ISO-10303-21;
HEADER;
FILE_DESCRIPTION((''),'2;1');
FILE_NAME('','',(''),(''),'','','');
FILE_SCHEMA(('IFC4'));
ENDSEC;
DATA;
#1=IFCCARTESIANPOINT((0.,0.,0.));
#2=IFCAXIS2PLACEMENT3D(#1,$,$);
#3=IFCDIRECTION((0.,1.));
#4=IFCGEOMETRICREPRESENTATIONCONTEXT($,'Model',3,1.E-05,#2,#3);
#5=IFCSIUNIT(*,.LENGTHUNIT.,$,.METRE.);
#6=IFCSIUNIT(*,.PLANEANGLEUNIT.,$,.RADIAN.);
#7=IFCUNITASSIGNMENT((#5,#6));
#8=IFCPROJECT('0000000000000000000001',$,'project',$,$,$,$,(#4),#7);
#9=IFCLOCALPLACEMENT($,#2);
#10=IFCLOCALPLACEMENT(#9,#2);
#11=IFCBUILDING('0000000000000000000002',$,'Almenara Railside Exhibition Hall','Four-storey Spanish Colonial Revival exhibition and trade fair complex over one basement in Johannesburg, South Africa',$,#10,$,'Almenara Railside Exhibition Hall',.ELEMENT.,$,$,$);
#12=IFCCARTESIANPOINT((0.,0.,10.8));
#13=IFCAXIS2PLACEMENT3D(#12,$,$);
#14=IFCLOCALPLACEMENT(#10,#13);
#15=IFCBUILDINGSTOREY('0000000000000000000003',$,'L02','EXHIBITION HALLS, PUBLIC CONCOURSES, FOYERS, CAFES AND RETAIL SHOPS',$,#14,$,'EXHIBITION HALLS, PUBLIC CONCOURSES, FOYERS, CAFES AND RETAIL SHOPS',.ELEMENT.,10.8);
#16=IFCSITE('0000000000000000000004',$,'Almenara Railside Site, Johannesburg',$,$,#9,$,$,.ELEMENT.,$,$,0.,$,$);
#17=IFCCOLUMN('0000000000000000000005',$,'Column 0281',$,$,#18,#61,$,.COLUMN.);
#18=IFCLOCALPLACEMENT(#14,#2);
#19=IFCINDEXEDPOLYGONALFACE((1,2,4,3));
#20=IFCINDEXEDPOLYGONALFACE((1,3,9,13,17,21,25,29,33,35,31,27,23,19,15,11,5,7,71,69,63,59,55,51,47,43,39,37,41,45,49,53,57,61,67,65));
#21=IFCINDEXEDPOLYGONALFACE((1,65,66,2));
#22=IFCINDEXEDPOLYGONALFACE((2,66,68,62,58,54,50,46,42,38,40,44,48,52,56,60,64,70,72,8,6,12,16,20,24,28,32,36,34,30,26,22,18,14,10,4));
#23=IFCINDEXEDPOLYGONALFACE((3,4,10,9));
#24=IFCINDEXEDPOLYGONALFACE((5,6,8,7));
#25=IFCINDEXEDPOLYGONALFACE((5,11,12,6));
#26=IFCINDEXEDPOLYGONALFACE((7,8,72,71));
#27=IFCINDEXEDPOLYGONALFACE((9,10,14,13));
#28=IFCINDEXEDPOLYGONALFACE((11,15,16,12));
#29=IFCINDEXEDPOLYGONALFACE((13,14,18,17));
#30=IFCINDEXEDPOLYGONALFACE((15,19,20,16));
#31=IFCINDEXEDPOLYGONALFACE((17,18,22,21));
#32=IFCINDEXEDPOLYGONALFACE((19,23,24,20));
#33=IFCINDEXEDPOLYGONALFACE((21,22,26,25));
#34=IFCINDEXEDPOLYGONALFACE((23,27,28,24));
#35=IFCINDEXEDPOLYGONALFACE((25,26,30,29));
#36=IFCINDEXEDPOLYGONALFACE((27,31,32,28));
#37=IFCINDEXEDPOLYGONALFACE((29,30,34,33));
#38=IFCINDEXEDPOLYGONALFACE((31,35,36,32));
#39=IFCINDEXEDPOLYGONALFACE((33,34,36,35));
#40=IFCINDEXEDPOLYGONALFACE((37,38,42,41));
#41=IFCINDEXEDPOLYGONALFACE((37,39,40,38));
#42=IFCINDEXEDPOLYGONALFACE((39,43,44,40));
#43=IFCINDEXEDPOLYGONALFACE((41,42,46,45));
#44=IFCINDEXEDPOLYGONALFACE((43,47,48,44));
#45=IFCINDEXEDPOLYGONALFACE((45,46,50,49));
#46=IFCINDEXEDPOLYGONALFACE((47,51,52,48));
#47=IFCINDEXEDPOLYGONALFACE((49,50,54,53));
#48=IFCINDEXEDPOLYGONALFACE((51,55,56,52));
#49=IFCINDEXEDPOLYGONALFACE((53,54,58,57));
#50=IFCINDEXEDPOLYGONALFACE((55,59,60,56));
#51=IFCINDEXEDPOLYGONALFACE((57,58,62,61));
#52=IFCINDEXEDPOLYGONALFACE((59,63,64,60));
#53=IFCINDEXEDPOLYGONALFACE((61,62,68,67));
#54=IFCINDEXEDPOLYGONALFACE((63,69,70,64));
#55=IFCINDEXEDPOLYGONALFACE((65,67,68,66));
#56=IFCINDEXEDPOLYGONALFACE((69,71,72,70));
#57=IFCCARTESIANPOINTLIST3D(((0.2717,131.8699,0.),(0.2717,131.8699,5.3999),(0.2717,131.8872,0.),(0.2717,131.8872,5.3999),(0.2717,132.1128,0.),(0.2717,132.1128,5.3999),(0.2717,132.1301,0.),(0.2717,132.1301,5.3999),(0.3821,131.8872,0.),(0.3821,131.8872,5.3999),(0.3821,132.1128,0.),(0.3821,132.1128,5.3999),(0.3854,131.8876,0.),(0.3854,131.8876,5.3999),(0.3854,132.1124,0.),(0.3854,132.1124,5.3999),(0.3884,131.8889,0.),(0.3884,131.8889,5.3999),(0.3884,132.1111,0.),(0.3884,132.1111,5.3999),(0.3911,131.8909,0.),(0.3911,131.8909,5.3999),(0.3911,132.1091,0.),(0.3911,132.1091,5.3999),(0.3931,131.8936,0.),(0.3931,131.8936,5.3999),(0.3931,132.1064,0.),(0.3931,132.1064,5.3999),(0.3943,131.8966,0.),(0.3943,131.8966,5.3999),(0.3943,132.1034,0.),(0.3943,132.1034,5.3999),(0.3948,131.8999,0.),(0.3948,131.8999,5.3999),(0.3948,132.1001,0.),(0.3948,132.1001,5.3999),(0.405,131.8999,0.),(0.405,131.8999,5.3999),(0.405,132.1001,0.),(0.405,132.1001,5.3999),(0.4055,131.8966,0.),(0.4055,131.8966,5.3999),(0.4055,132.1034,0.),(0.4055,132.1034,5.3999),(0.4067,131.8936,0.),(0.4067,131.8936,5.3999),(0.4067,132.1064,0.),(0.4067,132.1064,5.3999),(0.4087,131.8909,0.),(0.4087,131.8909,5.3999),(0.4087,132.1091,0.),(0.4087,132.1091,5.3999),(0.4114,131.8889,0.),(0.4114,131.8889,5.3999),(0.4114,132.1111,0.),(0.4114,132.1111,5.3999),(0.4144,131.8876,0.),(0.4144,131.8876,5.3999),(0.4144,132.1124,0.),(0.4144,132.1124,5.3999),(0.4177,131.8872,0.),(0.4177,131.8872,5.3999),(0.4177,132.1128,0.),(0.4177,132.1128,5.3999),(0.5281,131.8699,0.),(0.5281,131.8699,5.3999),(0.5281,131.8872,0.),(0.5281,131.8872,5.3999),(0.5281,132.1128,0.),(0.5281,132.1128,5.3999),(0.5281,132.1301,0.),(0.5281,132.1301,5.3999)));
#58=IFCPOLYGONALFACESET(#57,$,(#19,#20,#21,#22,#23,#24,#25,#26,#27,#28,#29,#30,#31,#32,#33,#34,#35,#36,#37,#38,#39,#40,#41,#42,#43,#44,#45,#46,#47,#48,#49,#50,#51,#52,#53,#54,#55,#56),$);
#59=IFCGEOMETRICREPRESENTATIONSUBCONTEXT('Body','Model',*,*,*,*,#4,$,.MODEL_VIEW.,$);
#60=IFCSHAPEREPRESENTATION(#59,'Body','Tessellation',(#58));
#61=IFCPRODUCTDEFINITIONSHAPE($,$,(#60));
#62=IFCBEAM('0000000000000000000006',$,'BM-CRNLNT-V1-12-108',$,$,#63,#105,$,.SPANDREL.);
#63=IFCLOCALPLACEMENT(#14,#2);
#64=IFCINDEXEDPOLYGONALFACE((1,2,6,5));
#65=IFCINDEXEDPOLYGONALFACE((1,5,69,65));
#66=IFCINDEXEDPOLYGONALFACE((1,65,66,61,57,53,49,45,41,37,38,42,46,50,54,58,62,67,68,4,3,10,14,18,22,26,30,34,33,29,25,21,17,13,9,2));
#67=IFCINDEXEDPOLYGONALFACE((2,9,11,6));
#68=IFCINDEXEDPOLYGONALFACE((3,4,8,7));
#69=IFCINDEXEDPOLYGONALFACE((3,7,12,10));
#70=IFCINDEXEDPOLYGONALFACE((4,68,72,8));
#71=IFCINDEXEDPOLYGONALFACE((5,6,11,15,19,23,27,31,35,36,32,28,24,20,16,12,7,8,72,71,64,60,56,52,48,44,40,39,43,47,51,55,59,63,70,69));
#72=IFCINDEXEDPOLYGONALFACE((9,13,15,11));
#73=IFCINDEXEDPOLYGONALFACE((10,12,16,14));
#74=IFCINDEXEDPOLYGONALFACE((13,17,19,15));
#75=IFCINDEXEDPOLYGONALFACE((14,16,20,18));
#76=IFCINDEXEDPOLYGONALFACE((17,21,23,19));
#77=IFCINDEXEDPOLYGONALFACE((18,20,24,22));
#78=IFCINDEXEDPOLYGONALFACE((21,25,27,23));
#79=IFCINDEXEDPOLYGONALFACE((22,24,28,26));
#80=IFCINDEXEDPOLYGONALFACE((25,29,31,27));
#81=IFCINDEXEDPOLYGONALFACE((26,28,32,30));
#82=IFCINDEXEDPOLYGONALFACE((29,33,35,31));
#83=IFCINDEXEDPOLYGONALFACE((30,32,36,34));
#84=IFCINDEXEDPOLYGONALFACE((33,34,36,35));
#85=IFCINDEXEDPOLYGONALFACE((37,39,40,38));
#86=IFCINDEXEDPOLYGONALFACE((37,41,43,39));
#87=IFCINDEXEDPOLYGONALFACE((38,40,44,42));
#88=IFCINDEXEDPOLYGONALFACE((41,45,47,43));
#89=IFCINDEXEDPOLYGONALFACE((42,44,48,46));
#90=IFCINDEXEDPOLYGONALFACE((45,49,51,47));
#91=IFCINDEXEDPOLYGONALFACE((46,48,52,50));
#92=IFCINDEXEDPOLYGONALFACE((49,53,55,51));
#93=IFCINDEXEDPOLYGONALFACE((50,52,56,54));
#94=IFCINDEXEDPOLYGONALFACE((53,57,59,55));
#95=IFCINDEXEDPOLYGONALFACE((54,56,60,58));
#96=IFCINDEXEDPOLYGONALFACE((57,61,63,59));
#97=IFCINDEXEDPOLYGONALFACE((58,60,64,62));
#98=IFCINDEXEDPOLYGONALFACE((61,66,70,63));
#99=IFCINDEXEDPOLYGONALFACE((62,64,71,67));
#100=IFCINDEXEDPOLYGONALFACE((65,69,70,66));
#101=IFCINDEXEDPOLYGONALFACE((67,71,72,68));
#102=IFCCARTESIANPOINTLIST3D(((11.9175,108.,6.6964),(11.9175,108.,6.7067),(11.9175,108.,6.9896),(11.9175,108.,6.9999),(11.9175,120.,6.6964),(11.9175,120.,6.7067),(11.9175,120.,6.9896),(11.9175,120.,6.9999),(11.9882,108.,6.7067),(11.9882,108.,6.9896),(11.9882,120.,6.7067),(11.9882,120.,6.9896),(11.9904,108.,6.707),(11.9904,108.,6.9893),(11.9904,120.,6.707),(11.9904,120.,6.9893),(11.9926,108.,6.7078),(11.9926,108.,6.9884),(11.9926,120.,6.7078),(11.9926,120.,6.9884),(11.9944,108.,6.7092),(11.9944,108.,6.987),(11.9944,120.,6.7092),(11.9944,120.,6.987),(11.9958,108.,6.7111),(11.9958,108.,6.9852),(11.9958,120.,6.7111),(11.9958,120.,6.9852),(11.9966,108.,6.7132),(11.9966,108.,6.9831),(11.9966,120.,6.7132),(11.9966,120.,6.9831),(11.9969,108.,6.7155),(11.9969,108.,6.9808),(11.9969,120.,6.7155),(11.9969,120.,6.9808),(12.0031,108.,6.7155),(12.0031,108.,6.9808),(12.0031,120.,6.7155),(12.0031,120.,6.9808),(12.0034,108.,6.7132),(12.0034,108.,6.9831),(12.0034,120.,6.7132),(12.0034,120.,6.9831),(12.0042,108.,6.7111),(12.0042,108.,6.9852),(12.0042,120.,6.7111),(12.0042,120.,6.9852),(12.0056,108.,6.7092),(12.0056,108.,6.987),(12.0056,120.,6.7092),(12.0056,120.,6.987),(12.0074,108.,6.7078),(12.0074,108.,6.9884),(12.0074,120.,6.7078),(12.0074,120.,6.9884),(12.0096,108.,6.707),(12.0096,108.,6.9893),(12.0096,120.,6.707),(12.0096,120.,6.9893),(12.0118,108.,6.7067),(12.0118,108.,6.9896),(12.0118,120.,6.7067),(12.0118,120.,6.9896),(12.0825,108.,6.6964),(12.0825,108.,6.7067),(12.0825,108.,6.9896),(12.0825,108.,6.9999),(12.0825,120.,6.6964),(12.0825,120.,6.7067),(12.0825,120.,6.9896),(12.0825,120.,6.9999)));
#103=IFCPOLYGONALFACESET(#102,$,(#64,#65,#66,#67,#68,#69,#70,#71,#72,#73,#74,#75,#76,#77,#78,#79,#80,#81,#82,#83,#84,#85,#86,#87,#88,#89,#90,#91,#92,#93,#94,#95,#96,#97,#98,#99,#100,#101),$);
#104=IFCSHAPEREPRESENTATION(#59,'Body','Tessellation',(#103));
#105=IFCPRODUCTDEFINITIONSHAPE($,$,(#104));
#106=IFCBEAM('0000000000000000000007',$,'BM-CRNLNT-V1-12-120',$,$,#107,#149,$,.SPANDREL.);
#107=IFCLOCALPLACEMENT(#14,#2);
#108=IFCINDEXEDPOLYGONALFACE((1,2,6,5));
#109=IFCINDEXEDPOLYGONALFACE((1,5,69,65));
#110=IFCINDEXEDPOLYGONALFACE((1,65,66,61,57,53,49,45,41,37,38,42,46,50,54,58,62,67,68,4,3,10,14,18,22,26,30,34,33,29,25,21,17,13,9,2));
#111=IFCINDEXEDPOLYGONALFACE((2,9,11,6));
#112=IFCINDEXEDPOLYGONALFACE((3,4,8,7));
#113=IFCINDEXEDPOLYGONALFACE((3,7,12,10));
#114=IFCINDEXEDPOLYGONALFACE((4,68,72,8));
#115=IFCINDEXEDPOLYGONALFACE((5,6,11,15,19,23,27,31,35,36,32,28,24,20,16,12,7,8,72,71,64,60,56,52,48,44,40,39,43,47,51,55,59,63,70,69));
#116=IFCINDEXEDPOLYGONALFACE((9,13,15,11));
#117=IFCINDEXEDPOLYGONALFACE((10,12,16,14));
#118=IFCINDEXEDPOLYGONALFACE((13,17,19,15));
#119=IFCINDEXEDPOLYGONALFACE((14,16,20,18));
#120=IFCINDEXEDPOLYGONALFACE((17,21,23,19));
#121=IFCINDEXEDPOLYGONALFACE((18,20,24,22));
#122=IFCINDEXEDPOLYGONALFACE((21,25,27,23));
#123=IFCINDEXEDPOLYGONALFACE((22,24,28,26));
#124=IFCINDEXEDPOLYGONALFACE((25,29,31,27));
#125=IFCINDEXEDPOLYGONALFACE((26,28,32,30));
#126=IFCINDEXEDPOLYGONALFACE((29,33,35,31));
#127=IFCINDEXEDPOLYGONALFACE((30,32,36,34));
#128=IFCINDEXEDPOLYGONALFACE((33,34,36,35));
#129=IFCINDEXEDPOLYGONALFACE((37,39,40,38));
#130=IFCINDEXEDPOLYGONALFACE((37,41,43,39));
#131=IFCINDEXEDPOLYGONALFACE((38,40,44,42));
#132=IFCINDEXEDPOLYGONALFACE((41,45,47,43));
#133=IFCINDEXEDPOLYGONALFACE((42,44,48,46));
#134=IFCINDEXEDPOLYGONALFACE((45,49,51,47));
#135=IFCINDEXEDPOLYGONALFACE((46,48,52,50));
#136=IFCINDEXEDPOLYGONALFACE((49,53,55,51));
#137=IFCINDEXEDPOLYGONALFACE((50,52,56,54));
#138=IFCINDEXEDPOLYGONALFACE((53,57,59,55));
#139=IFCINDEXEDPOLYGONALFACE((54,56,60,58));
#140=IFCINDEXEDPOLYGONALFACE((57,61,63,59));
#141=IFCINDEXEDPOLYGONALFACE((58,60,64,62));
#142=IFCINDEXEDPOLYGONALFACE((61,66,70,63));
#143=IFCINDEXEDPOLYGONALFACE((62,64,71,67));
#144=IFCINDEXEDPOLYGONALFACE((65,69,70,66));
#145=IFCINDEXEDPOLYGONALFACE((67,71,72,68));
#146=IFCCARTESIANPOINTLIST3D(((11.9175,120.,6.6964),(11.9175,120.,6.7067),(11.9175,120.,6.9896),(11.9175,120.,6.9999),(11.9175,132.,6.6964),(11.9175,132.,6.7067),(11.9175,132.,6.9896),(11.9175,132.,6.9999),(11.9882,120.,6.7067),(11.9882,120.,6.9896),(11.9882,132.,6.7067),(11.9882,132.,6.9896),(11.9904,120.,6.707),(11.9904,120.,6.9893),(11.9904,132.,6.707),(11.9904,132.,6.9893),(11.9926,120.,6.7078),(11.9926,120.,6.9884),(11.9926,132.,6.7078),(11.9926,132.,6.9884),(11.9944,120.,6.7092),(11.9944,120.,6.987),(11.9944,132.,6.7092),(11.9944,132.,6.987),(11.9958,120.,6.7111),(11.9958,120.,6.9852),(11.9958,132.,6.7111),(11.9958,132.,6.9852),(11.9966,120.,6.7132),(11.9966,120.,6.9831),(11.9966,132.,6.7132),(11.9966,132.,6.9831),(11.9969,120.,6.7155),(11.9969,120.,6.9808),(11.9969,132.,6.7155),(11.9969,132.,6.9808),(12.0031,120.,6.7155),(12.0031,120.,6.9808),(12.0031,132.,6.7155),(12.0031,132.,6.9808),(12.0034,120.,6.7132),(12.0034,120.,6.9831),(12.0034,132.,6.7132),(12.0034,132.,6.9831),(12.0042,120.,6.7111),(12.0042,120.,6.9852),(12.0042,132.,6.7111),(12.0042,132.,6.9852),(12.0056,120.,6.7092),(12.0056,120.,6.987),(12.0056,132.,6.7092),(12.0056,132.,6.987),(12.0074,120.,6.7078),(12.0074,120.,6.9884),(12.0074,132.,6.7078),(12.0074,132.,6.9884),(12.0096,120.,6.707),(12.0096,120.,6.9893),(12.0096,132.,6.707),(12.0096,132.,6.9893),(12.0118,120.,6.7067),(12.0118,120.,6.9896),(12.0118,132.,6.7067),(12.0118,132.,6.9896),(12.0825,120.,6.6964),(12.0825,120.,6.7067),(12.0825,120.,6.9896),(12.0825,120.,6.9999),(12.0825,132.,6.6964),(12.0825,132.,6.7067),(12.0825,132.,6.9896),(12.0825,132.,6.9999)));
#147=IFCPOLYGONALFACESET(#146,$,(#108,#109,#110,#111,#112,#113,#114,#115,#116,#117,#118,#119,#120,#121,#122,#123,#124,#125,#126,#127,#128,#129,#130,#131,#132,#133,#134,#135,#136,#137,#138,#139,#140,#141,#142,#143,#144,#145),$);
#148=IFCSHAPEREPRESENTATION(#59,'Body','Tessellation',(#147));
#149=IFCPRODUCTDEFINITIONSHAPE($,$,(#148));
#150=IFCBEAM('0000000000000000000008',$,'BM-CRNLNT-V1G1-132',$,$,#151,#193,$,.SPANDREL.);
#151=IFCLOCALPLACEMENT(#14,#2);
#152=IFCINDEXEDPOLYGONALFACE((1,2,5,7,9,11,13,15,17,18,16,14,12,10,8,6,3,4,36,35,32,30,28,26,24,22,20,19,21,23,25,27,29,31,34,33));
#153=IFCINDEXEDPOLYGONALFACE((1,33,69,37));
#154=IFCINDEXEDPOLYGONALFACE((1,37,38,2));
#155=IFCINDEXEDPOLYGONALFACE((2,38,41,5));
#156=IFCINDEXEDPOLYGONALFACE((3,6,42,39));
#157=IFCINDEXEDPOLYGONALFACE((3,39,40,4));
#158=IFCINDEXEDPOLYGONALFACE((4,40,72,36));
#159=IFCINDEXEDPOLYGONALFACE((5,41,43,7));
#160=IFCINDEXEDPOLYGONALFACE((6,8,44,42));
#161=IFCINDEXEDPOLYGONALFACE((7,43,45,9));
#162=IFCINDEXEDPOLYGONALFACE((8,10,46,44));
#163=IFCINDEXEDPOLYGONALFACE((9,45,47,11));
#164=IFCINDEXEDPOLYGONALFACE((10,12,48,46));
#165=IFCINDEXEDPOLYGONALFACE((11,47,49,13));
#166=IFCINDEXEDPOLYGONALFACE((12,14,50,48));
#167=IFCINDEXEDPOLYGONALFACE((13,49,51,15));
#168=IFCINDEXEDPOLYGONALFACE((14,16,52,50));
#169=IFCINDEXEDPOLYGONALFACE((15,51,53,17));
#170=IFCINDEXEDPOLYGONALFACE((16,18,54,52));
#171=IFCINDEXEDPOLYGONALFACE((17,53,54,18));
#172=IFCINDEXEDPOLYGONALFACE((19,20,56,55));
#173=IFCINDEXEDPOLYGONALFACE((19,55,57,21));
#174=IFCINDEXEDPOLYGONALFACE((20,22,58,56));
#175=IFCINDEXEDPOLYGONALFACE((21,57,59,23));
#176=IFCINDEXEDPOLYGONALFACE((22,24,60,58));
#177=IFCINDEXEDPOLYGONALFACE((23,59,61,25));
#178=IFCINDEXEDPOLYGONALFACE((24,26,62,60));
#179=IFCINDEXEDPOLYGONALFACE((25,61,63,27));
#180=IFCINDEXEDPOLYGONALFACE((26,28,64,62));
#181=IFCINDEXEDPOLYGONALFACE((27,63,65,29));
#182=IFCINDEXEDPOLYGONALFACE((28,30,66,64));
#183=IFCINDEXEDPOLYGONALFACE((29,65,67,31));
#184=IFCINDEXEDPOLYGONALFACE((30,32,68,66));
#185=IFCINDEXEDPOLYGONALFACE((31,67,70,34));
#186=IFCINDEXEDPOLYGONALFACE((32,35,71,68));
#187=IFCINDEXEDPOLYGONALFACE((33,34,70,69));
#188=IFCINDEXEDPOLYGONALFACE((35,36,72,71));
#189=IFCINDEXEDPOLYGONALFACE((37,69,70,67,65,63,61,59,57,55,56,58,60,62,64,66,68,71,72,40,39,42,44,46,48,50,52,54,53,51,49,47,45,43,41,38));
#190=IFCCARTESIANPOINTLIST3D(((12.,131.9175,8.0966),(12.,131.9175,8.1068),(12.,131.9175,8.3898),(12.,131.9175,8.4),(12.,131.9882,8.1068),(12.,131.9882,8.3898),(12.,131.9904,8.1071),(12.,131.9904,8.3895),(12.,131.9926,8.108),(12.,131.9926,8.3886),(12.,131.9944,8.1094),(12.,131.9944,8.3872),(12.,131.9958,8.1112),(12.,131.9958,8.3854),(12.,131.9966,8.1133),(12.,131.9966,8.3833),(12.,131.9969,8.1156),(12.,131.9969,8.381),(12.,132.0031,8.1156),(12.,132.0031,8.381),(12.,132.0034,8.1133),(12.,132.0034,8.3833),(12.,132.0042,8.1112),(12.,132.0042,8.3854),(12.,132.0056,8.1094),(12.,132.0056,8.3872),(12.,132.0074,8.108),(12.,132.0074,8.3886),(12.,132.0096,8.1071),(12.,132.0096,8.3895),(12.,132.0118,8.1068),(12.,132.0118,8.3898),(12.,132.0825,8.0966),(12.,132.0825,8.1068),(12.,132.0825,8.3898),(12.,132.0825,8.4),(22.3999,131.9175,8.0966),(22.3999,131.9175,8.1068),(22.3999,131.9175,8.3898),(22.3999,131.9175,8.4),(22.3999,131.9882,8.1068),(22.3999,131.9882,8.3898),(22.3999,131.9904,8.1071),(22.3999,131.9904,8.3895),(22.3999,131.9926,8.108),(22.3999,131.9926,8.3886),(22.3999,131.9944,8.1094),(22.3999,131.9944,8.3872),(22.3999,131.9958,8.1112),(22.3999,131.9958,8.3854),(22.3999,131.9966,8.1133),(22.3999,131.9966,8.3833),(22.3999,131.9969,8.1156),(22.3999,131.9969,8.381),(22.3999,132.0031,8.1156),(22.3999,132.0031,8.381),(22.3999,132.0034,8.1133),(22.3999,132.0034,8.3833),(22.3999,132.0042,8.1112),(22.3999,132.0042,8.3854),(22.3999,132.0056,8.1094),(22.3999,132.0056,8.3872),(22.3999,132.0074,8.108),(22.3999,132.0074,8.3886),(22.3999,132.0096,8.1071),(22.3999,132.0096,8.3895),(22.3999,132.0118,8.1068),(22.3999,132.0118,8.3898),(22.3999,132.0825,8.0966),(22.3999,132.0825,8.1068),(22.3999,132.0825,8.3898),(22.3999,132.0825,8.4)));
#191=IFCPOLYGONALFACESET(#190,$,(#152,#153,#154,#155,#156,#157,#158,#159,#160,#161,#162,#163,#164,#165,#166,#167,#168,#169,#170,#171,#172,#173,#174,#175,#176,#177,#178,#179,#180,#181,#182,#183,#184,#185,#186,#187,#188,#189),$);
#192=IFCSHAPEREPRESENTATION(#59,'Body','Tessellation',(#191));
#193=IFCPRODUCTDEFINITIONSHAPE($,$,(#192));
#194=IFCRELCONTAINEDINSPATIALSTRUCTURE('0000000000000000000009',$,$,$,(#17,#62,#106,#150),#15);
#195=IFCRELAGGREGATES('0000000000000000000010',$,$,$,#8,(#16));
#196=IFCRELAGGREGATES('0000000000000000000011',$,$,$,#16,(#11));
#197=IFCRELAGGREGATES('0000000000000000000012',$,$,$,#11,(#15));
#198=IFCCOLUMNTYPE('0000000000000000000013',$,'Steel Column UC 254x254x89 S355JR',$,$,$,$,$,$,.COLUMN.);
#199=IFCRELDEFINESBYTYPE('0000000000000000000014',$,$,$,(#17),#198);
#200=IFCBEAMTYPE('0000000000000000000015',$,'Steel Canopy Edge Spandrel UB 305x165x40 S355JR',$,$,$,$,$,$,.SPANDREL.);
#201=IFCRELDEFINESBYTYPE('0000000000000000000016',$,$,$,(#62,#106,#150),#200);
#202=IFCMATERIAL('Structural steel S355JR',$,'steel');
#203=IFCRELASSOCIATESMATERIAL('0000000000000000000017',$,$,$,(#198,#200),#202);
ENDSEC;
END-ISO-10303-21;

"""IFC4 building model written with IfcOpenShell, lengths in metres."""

from ifc_helpers import new_model, si_unit, direction, frame, origin, origin_2d, place, context, subcontext, project, spatial, i_section, extrude, material, material_profile, profile_set, type_object, element, save


model = new_model("IFC4")

# Units and contexts
model_context = context("Model", 3, precision=1e-05, world=origin(), true_north=direction((0.0, 1.0)))
body_context = subcontext(model_context, "Body", "Model", "MODEL_VIEW")
ifc_project = project(units=[si_unit("LENGTHUNIT", "METRE"), si_unit("PLANEANGLEUNIT", "RADIAN")], contexts=[model_context])

# Site, building, storey
site_placement = place(None, origin())
site = spatial("IfcSite", under=ifc_project, at=site_placement, Name="Almenara Railside Site, Johannesburg", CompositionType="ELEMENT", RefElevation=0.0)
building_placement = place(site_placement, origin())
building = spatial("IfcBuilding", under=site, at=building_placement, Name="Almenara Railside Exhibition Hall", Description="Four-storey Spanish Colonial Revival exhibition and trade fair complex over one basement in Johannesburg, South Africa", LongName="Almenara Railside Exhibition Hall", CompositionType="ELEMENT")
storey_placement = place(building_placement, frame((0.0, 0.0, 10.8)))
storey = spatial("IfcBuildingStorey", under=building, at=storey_placement, Name="L02", Description="EXHIBITION HALLS, PUBLIC CONCOURSES, FOYERS, CAFES AND RETAIL SHOPS", LongName="EXHIBITION HALLS, PUBLIC CONCOURSES, FOYERS, CAFES AND RETAIL SHOPS", CompositionType="ELEMENT", Elevation=10.8)

# Column
ifc_material_1 = material(Name="Structural steel S355JR", Category="steel")
ifc_material_profile_1 = material_profile(ifc_material_1, i_section(OverallWidth=0.2563, OverallDepth=0.2603, WebThickness=0.0103, FlangeThickness=0.0173, FilletRadius=0.0127, at=origin_2d()), Name="UC 254x254x89")
ifc_profile_set_1 = profile_set([ifc_material_profile_1], Name="Structural steel S355JR")
column_type_1 = type_object("IfcColumnType", Name="Steel Column UC 254x254x89 S355JR", PredefinedType="COLUMN", material=ifc_profile_set_1)
for number, where, z_axis, x_axis, name in (
    (1, (0.3999, 132.0, 0.0), (0.0, 0.0, 1.0), (1.0, 0.0, 0.0), "Column 0281"),
):
    element("IfcColumn", number, at=place(storey_placement, frame(where, z_axis=z_axis, x_axis=x_axis)), inside=storey, type_object=column_type_1, Name=name, PredefinedType="COLUMN", context=body_context, shape_type="SweptSolid", body=[
        extrude(i_section(OverallWidth=0.2563, OverallDepth=0.2603, WebThickness=0.0103, FlangeThickness=0.0173, FilletRadius=0.0127, at=origin_2d()), origin(), (0.0, 0.0, 1.0), 5.3999),
    ])

# Beams
ifc_material_profile_2 = material_profile(ifc_material_1, i_section(OverallWidth=0.165, OverallDepth=0.3035, WebThickness=0.0061, FlangeThickness=0.0103, FilletRadius=0.0088, at=origin_2d()), Name="UB 305x165x40")
ifc_profile_set_2 = profile_set([ifc_material_profile_2], Name="Structural steel S355JR")
beam_type_1 = type_object("IfcBeamType", Name="Steel Canopy Edge Spandrel UB 305x165x40 S355JR", PredefinedType="SPANDREL", material=ifc_profile_set_2)
for number, where, z_axis, x_axis, name in (
    (2, (12.0, 108.0, 6.8481), (0.0, 1.0, 0.0), (-1.0, 0.0, 0.0), "BM-CRNLNT-V1-12-108"),
    (3, (12.0, 120.0, 6.8481), (0.0, 1.0, 0.0), (-1.0, 0.0, 0.0), "BM-CRNLNT-V1-12-120"),
):
    element("IfcBeam", number, at=place(storey_placement, frame(where, z_axis=z_axis, x_axis=x_axis)), inside=storey, type_object=beam_type_1, Name=name, PredefinedType="SPANDREL", context=body_context, shape_type="SweptSolid", body=[
        extrude(i_section(OverallWidth=0.165, OverallDepth=0.3035, WebThickness=0.0061, FlangeThickness=0.0103, FilletRadius=0.0088, at=origin_2d()), origin(), (0.0, 0.0, 1.0), 12.0),
    ])
beam_placement = place(storey_placement, frame((12.0, 132.0, 8.2483), z_axis=(1.0, 0.0, 0.0), x_axis=(0.0, 1.0, 0.0)))
element("IfcBeam", 4, at=beam_placement, inside=storey, type_object=beam_type_1, Name="BM-CRNLNT-V1G1-132", PredefinedType="SPANDREL", context=body_context, shape_type="SweptSolid", body=[
    extrude(i_section(OverallWidth=0.165, OverallDepth=0.3035, WebThickness=0.0061, FlangeThickness=0.0103, FilletRadius=0.0088, at=origin_2d()), origin(), (0.0, 0.0, 1.0), 10.3999),
])

save(model, "model.ifc")
